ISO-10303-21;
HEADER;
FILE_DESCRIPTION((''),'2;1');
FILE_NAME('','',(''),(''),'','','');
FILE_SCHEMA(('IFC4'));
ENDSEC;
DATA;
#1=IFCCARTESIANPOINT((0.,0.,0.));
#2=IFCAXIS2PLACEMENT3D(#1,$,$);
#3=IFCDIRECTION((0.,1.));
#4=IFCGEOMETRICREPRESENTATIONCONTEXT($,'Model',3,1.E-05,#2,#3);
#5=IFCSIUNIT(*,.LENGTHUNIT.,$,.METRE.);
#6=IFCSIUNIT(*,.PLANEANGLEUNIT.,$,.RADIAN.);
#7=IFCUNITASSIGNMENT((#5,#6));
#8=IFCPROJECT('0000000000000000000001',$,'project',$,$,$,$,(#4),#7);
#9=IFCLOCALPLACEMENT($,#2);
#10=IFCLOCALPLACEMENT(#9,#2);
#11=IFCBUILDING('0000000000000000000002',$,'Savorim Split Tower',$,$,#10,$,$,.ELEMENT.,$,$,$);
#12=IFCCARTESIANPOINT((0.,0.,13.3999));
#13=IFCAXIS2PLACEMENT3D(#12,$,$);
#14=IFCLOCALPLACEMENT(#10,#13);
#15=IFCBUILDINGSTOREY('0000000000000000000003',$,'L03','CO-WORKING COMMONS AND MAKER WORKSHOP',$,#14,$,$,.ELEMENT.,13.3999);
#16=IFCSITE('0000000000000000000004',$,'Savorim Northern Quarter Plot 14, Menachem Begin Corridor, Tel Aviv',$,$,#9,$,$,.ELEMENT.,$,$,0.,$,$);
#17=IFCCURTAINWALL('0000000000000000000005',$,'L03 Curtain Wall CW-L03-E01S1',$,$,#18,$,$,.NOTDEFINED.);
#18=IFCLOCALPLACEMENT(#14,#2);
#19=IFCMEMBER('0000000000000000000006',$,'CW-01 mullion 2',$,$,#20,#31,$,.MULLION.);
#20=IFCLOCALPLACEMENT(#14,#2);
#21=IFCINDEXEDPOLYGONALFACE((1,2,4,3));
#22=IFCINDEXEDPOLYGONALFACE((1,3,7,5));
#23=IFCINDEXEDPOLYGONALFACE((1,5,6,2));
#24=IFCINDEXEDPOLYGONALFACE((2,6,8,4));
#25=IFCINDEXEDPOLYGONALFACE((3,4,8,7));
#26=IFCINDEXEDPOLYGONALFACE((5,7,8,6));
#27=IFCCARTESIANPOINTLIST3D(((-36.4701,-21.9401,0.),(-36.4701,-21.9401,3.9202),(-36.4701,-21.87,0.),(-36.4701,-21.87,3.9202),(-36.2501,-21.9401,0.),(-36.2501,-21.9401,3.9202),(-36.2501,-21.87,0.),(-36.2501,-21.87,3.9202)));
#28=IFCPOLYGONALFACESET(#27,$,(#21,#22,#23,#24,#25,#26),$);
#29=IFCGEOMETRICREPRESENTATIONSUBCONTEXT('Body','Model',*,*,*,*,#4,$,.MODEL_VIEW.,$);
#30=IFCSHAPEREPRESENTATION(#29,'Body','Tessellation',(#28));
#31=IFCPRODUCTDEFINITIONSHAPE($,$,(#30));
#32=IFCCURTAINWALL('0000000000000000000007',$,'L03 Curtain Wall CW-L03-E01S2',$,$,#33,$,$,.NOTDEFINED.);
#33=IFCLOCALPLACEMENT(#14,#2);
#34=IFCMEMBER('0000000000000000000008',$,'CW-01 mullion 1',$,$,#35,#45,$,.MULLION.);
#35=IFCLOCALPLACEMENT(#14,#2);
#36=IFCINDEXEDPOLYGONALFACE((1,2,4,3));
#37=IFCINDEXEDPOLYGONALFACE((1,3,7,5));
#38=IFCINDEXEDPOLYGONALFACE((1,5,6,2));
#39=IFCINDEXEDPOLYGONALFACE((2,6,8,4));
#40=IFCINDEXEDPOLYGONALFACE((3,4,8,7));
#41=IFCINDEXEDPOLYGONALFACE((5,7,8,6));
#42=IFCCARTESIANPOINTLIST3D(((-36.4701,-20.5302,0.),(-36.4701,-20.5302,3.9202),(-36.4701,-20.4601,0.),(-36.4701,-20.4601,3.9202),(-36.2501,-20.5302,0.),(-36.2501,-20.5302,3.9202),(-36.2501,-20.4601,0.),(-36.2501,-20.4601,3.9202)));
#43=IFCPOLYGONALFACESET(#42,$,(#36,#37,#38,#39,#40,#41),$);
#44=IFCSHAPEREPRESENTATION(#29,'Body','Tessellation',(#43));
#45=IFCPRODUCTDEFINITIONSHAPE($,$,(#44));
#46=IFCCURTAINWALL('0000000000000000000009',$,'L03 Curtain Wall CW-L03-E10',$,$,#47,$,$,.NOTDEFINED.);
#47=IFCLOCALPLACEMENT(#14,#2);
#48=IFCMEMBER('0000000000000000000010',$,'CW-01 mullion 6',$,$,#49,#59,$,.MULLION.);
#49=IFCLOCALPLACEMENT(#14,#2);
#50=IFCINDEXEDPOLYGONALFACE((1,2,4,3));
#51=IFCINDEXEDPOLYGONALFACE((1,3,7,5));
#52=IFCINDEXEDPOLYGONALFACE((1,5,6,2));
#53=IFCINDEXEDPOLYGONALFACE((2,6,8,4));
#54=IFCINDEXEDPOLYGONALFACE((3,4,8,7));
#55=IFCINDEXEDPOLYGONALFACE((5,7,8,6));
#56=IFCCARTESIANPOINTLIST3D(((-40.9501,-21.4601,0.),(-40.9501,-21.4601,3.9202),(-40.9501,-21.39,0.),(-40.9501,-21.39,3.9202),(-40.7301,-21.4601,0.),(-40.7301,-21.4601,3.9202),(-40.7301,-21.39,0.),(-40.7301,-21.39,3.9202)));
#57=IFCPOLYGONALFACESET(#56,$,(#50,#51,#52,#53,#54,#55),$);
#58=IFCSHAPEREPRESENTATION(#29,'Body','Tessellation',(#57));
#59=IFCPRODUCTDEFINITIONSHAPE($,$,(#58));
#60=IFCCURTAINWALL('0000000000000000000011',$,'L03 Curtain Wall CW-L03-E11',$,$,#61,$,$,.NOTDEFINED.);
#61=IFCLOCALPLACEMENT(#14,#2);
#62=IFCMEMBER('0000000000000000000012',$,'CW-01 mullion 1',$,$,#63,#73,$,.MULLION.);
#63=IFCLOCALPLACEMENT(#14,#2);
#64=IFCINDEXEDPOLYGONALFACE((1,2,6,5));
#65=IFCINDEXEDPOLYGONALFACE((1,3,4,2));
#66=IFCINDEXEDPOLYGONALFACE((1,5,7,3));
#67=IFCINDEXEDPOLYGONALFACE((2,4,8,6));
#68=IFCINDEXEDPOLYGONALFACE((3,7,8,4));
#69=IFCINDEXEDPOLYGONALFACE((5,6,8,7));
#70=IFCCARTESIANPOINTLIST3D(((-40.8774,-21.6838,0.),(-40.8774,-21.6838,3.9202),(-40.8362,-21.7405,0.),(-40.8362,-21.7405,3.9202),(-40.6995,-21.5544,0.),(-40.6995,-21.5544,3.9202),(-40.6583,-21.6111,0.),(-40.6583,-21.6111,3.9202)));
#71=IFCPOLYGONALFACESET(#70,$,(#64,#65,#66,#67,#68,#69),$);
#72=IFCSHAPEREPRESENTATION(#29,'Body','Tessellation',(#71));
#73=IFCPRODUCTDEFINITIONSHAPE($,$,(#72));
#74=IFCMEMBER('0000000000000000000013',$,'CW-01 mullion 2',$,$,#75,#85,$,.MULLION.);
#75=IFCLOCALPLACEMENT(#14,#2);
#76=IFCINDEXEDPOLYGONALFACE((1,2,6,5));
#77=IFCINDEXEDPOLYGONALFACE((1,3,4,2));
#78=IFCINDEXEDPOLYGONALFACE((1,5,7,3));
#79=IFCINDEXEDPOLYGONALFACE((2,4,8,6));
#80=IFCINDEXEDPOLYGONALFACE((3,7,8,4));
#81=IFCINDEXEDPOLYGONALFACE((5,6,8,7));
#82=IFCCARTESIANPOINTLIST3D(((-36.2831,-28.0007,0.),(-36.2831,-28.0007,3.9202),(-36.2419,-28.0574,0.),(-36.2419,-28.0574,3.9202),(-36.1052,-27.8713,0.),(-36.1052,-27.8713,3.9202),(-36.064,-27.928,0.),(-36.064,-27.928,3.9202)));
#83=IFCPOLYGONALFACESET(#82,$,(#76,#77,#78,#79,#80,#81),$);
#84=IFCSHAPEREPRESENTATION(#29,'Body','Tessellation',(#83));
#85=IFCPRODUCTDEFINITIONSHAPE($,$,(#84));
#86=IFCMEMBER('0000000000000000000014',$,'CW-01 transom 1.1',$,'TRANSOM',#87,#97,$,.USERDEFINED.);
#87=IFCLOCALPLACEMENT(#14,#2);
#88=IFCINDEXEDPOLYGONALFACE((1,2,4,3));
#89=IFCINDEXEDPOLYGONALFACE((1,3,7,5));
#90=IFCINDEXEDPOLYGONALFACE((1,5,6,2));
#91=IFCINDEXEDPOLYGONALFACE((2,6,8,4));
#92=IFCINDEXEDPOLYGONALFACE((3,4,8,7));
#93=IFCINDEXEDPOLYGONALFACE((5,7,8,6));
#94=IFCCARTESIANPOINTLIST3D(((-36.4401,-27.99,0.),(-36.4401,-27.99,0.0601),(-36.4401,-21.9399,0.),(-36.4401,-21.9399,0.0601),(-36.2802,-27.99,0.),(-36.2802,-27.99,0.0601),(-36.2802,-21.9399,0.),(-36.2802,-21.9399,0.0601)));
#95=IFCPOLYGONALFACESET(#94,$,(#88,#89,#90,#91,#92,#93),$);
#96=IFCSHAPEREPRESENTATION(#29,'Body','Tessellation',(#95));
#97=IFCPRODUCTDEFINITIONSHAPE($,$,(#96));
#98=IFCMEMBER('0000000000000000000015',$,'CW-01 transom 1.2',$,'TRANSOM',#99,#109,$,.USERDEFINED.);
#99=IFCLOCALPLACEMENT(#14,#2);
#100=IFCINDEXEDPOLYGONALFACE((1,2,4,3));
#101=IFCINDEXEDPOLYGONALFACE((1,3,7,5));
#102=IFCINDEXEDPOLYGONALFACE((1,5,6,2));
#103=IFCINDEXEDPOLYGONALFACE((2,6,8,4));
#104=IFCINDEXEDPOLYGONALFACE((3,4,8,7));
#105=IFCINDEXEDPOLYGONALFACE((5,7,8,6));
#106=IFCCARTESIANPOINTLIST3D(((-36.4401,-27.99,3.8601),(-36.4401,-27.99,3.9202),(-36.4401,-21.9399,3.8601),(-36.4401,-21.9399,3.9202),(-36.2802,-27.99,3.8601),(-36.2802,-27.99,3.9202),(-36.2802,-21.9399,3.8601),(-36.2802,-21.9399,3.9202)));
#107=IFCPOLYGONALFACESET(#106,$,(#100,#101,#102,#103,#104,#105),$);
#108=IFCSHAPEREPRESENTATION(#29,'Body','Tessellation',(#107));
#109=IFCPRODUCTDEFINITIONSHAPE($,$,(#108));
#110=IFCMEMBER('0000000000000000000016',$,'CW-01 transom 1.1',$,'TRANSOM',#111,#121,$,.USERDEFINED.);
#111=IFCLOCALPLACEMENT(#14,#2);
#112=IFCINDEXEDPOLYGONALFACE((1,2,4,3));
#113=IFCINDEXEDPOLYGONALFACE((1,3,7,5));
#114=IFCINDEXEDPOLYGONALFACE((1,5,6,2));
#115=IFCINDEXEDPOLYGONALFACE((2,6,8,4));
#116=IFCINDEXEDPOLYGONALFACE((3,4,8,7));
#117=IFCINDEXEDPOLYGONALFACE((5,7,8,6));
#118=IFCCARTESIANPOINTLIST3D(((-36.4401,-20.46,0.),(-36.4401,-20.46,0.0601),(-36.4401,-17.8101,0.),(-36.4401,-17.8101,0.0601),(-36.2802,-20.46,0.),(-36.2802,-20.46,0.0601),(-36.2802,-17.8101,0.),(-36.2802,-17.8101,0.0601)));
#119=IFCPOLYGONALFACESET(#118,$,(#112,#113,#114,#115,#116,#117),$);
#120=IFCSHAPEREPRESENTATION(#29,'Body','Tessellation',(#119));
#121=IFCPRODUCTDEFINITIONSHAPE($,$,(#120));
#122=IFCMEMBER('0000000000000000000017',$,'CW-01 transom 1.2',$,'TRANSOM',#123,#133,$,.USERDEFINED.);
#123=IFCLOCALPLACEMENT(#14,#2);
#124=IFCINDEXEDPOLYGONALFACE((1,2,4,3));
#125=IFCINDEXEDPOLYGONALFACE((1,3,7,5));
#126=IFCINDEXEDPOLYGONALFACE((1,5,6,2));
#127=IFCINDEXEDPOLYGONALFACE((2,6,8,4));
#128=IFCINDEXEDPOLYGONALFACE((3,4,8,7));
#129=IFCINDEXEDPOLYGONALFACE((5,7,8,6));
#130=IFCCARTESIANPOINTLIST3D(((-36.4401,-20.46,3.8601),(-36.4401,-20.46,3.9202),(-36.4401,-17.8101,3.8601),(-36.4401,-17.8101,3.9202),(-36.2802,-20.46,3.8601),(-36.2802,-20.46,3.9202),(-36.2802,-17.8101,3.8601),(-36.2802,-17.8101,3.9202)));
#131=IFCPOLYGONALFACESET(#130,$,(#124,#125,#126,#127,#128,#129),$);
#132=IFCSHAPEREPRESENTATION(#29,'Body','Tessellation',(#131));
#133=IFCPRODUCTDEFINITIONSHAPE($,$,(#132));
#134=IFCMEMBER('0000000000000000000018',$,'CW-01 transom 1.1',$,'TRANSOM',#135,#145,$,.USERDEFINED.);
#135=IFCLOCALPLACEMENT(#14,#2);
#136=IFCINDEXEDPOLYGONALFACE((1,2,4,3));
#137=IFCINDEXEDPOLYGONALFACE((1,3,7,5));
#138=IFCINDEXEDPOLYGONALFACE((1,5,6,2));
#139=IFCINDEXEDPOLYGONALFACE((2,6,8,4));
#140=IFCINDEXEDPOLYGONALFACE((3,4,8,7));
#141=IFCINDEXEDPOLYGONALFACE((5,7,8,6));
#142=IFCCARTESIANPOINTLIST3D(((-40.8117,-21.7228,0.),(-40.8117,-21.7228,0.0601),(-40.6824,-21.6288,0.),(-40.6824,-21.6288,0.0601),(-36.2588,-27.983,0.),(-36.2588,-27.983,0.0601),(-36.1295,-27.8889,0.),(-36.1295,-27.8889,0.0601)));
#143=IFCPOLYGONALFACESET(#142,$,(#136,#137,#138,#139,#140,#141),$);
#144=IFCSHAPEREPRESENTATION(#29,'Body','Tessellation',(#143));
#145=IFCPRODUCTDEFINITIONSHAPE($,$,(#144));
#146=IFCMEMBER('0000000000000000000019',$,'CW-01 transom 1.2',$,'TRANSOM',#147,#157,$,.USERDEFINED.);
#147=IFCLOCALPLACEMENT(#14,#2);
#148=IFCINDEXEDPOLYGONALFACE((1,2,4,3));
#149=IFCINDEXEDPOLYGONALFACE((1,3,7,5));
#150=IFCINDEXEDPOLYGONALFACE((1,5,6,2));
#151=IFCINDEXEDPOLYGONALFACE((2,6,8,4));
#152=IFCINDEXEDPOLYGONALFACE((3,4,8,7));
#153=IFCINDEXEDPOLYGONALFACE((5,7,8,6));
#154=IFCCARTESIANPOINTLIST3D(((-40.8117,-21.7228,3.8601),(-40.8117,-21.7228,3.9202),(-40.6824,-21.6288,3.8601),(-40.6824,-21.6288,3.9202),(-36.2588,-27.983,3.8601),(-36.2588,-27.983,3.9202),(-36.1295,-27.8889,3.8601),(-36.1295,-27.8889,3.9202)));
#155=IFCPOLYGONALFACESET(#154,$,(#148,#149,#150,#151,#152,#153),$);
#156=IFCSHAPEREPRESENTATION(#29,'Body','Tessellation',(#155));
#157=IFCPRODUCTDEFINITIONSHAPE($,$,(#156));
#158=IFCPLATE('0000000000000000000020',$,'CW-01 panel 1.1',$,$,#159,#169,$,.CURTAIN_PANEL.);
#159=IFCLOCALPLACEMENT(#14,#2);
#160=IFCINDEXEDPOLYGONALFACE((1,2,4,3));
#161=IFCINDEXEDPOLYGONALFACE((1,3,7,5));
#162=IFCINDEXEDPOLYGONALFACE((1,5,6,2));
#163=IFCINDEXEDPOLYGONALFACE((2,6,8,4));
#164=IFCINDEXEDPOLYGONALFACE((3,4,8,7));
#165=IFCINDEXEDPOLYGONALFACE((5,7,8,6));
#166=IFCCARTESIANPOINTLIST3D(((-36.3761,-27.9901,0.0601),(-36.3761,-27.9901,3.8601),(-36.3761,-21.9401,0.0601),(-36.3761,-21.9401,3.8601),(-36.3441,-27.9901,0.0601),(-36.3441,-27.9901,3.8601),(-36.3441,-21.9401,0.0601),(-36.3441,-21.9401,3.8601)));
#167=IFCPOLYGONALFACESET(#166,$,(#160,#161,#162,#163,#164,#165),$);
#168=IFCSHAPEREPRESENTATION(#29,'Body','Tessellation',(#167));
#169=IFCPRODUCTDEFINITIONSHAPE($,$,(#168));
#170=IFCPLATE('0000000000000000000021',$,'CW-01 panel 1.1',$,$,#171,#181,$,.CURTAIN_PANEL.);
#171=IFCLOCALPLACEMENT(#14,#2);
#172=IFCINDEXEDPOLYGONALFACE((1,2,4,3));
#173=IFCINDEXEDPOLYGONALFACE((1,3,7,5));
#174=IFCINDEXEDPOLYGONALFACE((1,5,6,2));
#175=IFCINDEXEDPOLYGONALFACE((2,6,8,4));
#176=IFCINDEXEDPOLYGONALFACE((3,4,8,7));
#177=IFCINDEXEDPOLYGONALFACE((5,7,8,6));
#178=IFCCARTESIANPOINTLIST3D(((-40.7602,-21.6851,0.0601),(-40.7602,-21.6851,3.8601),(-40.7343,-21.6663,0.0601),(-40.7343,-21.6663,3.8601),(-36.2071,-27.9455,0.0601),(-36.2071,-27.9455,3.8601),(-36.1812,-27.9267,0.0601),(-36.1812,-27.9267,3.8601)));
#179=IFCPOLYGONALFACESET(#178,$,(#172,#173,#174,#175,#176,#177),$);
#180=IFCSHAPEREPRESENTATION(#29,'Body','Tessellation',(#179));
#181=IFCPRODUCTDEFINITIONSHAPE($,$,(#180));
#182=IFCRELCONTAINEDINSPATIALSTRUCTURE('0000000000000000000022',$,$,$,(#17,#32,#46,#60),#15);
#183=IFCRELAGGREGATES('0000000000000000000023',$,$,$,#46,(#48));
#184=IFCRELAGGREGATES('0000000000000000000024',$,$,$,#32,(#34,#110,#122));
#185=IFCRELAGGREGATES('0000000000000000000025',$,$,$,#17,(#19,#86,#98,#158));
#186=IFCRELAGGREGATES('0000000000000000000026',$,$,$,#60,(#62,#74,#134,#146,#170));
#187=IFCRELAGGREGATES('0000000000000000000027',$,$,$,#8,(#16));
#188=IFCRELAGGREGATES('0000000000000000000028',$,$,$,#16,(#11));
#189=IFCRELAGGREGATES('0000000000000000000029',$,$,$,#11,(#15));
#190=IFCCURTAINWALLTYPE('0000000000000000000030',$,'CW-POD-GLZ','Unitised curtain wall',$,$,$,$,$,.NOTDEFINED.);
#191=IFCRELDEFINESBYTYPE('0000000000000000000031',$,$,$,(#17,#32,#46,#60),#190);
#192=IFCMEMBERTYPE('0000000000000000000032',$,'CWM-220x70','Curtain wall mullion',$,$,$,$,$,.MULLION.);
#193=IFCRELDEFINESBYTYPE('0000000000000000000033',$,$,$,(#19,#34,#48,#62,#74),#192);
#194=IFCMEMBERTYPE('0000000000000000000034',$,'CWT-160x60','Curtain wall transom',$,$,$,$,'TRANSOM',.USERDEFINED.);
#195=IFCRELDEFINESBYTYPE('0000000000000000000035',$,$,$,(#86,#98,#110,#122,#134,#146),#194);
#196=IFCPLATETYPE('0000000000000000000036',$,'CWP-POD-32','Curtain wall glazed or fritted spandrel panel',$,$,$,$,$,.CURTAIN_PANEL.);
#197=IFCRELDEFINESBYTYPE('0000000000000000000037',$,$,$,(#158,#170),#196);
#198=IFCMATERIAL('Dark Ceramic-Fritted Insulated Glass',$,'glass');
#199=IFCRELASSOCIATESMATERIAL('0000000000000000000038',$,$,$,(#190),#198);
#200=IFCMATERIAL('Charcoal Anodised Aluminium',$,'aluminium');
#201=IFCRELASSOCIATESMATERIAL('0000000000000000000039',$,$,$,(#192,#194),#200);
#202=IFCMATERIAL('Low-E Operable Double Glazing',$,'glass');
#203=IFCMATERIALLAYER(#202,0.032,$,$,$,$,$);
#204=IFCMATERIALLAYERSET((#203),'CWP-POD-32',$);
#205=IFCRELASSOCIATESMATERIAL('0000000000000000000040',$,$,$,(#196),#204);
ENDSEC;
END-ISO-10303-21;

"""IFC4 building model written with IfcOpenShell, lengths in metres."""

from ifc_helpers import new_model, si_unit, direction, frame, origin, origin_2d, place, context, subcontext, project, spatial, rectangle, extrude, material, layer, layer_set, material_profile, profile_set, type_object, element, aggregate, save


model = new_model("IFC4")

# Units and contexts
model_context = context("Model", 3, precision=1e-05, world=origin(), true_north=direction((0.0, 1.0)))
body_context = subcontext(model_context, "Body", "Model", "MODEL_VIEW")
ifc_project = project(units=[si_unit("LENGTHUNIT", "METRE"), si_unit("PLANEANGLEUNIT", "RADIAN")], contexts=[model_context])

# Site, building, storey
site_placement = place(None, origin())
site = spatial("IfcSite", under=ifc_project, at=site_placement, Name="Savorim Northern Quarter Plot 14, Menachem Begin Corridor, Tel Aviv", CompositionType="ELEMENT", RefElevation=0.0)
building_placement = place(site_placement, origin())
building = spatial("IfcBuilding", under=site, at=building_placement, Name="Savorim Split Tower", CompositionType="ELEMENT")
storey_placement = place(building_placement, frame((0.0, 0.0, 13.3999)))
storey = spatial("IfcBuildingStorey", under=building, at=storey_placement, Name="L03", Description="CO-WORKING COMMONS AND MAKER WORKSHOP", CompositionType="ELEMENT", Elevation=13.3999)

# Curtain wall, member
ifc_material_1 = material(Name="Dark Ceramic-Fritted Insulated Glass", Category="glass")
curtain_wall_type = type_object("IfcCurtainWallType", Name="CW-POD-GLZ", Description="Unitised curtain wall", PredefinedType="NOTDEFINED", material=ifc_material_1)
curtain_wall_1_placement = place(storey_placement, origin())
curtain_wall_1 = element("IfcCurtainWall", 1, at=curtain_wall_1_placement, inside=storey, type_object=curtain_wall_type, Name="L03 Curtain Wall CW-L03-E01S1", PredefinedType="NOTDEFINED")
ifc_material_2 = material(Name="Charcoal Anodised Aluminium", Category="aluminium")
ifc_material_profile_1 = material_profile(ifc_material_2, rectangle(XDim=0.22, YDim=0.0701, at=origin_2d()), Name="ALU-M 220x70")
ifc_profile_set_1 = profile_set([ifc_material_profile_1], Name="Charcoal Anodised Aluminium")
member_type_1 = type_object("IfcMemberType", Name="CWM-220x70", Description="Curtain wall mullion", PredefinedType="MULLION", material=ifc_profile_set_1)
member_1_placement = place(storey_placement, frame((-36.3601, -21.905, 0.0), z_axis=(0.0, 0.0, 1.0), x_axis=(-1.0, 0.0, 0.0)))
member_1 = element("IfcMember", 2, at=member_1_placement, type_object=member_type_1, Name="CW-01 mullion 2", PredefinedType="MULLION", context=body_context, shape_type="SweptSolid", body=[
    extrude(rectangle(XDim=0.22, YDim=0.0701, at=origin_2d()), origin(), (0.0, 0.0, 1.0), 3.9202),
])

# Curtain walls, members
curtain_wall_2_placement = place(storey_placement, origin())
curtain_wall_2 = element("IfcCurtainWall", 3, at=curtain_wall_2_placement, inside=storey, type_object=curtain_wall_type, Name="L03 Curtain Wall CW-L03-E01S2", PredefinedType="NOTDEFINED")
member_2_placement = place(storey_placement, frame((-36.3601, -20.4951, 0.0), z_axis=(0.0, 0.0, 1.0), x_axis=(-1.0, 0.0, 0.0)))
member_2 = element("IfcMember", 4, at=member_2_placement, type_object=member_type_1, Name="CW-01 mullion 1", PredefinedType="MULLION", context=body_context, shape_type="SweptSolid", body=[
    extrude(rectangle(XDim=0.22, YDim=0.0701, at=origin_2d()), origin(), (0.0, 0.0, 1.0), 3.9202),
])
curtain_wall_3_placement = place(storey_placement, origin())
curtain_wall_3 = element("IfcCurtainWall", 5, at=curtain_wall_3_placement, inside=storey, type_object=curtain_wall_type, Name="L03 Curtain Wall CW-L03-E10", PredefinedType="NOTDEFINED")
member_3_placement = place(storey_placement, frame((-40.8401, -21.425, 0.0), z_axis=(0.0, 0.0, 1.0), x_axis=(1.0, 0.0, 0.0)))
member_3 = element("IfcMember", 6, at=member_3_placement, type_object=member_type_1, Name="CW-01 mullion 6", PredefinedType="MULLION", context=body_context, shape_type="SweptSolid", body=[
    extrude(rectangle(XDim=0.22, YDim=0.0701, at=origin_2d()), origin(), (0.0, 0.0, 1.0), 3.9202),
])
aggregate(curtain_wall_3, [member_3])

# Curtain wall, members
curtain_wall_4_placement = place(storey_placement, origin())
curtain_wall_4 = element("IfcCurtainWall", 7, at=curtain_wall_4_placement, inside=storey, type_object=curtain_wall_type, Name="L03 Curtain Wall CW-L03-E11", PredefinedType="NOTDEFINED")
member_4_placement = place(storey_placement, frame((-40.7678, -21.6475, 0.0), z_axis=(0.0, 0.0, 1.0), x_axis=(0.808733, 0.588176, 0.0)))
member_4 = element("IfcMember", 8, at=member_4_placement, type_object=member_type_1, Name="CW-01 mullion 1", PredefinedType="MULLION", context=body_context, shape_type="SweptSolid", body=[
    extrude(rectangle(XDim=0.22, YDim=0.0701, at=origin_2d()), origin(), (0.0, 0.0, 1.0), 3.9202),
])
member_5_placement = place(storey_placement, frame((-36.1736, -27.9644, 0.0), z_axis=(0.0, 0.0, 1.0), x_axis=(0.808733, 0.588176, 0.0)))
member_5 = element("IfcMember", 9, at=member_5_placement, type_object=member_type_1, Name="CW-01 mullion 2", PredefinedType="MULLION", context=body_context, shape_type="SweptSolid", body=[
    extrude(rectangle(XDim=0.22, YDim=0.0701, at=origin_2d()), origin(), (0.0, 0.0, 1.0), 3.9202),
])

# Members
ifc_material_profile_2 = material_profile(ifc_material_2, rectangle(XDim=0.1599, YDim=0.0601, at=origin_2d()), Name="ALU-T 160x60")
ifc_profile_set_2 = profile_set([ifc_material_profile_2], Name="Charcoal Anodised Aluminium")
member_type_2 = type_object("IfcMemberType", Name="CWT-160x60", Description="Curtain wall transom", ElementType="TRANSOM", PredefinedType="USERDEFINED", material=ifc_profile_set_2)
member_6_placement = place(storey_placement, frame((-36.3601, -27.99, 0.03), z_axis=(0.0, 1.0, 0.0), x_axis=(-1.0, 0.0, 0.0)))
member_6 = element("IfcMember", 10, at=member_6_placement, type_object=member_type_2, Name="CW-01 transom 1.1", ObjectType="TRANSOM", PredefinedType="USERDEFINED", context=body_context, shape_type="SweptSolid", body=[
    extrude(rectangle(XDim=0.1599, YDim=0.0601, at=origin_2d()), origin(), (0.0, 0.0, 1.0), 6.05),
])
member_7_placement = place(storey_placement, frame((-36.3601, -27.99, 3.8901), z_axis=(0.0, 1.0, 0.0), x_axis=(-1.0, 0.0, 0.0)))
member_7 = element("IfcMember", 11, at=member_7_placement, type_object=member_type_2, Name="CW-01 transom 1.2", ObjectType="TRANSOM", PredefinedType="USERDEFINED", context=body_context, shape_type="SweptSolid", body=[
    extrude(rectangle(XDim=0.1599, YDim=0.0601, at=origin_2d()), origin(), (0.0, 0.0, 1.0), 6.05),
])
member_8_placement = place(storey_placement, frame((-36.3601, -20.46, 0.03), z_axis=(0.0, 1.0, 0.0), x_axis=(-1.0, 0.0, 0.0)))
member_8 = element("IfcMember", 12, at=member_8_placement, type_object=member_type_2, Name="CW-01 transom 1.1", ObjectType="TRANSOM", PredefinedType="USERDEFINED", context=body_context, shape_type="SweptSolid", body=[
    extrude(rectangle(XDim=0.1599, YDim=0.0601, at=origin_2d()), origin(), (0.0, 0.0, 1.0), 2.6499),
])
member_9_placement = place(storey_placement, frame((-36.3601, -20.46, 3.8901), z_axis=(0.0, 1.0, 0.0), x_axis=(-1.0, 0.0, 0.0)))
member_9 = element("IfcMember", 13, at=member_9_placement, type_object=member_type_2, Name="CW-01 transom 1.2", ObjectType="TRANSOM", PredefinedType="USERDEFINED", context=body_context, shape_type="SweptSolid", body=[
    extrude(rectangle(XDim=0.1599, YDim=0.0601, at=origin_2d()), origin(), (0.0, 0.0, 1.0), 2.6499),
])
aggregate(curtain_wall_2, [member_2, member_8, member_9])
member_10_placement = place(storey_placement, frame((-40.7471, -21.6758, 0.03), z_axis=(0.588177, -0.808732, 0.0), x_axis=(0.808732, 0.588177, 0.0)))
member_10 = element("IfcMember", 14, at=member_10_placement, type_object=member_type_2, Name="CW-01 transom 1.1", ObjectType="TRANSOM", PredefinedType="USERDEFINED", context=body_context, shape_type="SweptSolid", body=[
    extrude(rectangle(XDim=0.1599, YDim=0.0601, at=origin_2d()), origin(), (0.0, 0.0, 1.0), 7.7407),
])
member_11_placement = place(storey_placement, frame((-40.7471, -21.6758, 3.8901), z_axis=(0.588177, -0.808732, 0.0), x_axis=(0.808732, 0.588177, 0.0)))
member_11 = element("IfcMember", 15, at=member_11_placement, type_object=member_type_2, Name="CW-01 transom 1.2", ObjectType="TRANSOM", PredefinedType="USERDEFINED", context=body_context, shape_type="SweptSolid", body=[
    extrude(rectangle(XDim=0.1599, YDim=0.0601, at=origin_2d()), origin(), (0.0, 0.0, 1.0), 7.7407),
])

# Plates
ifc_material_3 = material(Name="Low-E Operable Double Glazing", Category="glass")
ifc_layer = layer(ifc_material_3, 0.032)
ifc_layer_set = layer_set([ifc_layer], Name="CWP-POD-32")
plate_type = type_object("IfcPlateType", Name="CWP-POD-32", Description="Curtain wall glazed or fritted spandrel panel", PredefinedType="CURTAIN_PANEL", material=ifc_layer_set)
plate_1_placement = place(storey_placement, frame((-36.3601, -24.9651, 0.0601), z_axis=(0.0, 0.0, 1.0), x_axis=(0.0, 1.0, 0.0)))
plate_1 = element("IfcPlate", 16, at=plate_1_placement, type_object=plate_type, Name="CW-01 panel 1.1", PredefinedType="CURTAIN_PANEL", context=body_context, shape_type="SweptSolid", body=[
    extrude(rectangle(XDim=6.05, YDim=0.032, at=origin_2d()), origin(), (0.0, 0.0, 1.0), 3.8),
])
aggregate(curtain_wall_1, [member_1, member_6, member_7, plate_1])
plate_2_placement = place(storey_placement, frame((-38.4707, -24.8059, 0.0601), z_axis=(0.0, 0.0, 1.0), x_axis=(0.588176, -0.808733, 0.0)))
plate_2 = element("IfcPlate", 17, at=plate_2_placement, type_object=plate_type, Name="CW-01 panel 1.1", PredefinedType="CURTAIN_PANEL", context=body_context, shape_type="SweptSolid", body=[
    extrude(rectangle(XDim=7.741, YDim=0.032, at=origin_2d()), origin(), (0.0, 0.0, 1.0), 3.8),
])
aggregate(curtain_wall_4, [member_4, member_5, member_10, member_11, plate_2])

save(model, "model.ifc")
